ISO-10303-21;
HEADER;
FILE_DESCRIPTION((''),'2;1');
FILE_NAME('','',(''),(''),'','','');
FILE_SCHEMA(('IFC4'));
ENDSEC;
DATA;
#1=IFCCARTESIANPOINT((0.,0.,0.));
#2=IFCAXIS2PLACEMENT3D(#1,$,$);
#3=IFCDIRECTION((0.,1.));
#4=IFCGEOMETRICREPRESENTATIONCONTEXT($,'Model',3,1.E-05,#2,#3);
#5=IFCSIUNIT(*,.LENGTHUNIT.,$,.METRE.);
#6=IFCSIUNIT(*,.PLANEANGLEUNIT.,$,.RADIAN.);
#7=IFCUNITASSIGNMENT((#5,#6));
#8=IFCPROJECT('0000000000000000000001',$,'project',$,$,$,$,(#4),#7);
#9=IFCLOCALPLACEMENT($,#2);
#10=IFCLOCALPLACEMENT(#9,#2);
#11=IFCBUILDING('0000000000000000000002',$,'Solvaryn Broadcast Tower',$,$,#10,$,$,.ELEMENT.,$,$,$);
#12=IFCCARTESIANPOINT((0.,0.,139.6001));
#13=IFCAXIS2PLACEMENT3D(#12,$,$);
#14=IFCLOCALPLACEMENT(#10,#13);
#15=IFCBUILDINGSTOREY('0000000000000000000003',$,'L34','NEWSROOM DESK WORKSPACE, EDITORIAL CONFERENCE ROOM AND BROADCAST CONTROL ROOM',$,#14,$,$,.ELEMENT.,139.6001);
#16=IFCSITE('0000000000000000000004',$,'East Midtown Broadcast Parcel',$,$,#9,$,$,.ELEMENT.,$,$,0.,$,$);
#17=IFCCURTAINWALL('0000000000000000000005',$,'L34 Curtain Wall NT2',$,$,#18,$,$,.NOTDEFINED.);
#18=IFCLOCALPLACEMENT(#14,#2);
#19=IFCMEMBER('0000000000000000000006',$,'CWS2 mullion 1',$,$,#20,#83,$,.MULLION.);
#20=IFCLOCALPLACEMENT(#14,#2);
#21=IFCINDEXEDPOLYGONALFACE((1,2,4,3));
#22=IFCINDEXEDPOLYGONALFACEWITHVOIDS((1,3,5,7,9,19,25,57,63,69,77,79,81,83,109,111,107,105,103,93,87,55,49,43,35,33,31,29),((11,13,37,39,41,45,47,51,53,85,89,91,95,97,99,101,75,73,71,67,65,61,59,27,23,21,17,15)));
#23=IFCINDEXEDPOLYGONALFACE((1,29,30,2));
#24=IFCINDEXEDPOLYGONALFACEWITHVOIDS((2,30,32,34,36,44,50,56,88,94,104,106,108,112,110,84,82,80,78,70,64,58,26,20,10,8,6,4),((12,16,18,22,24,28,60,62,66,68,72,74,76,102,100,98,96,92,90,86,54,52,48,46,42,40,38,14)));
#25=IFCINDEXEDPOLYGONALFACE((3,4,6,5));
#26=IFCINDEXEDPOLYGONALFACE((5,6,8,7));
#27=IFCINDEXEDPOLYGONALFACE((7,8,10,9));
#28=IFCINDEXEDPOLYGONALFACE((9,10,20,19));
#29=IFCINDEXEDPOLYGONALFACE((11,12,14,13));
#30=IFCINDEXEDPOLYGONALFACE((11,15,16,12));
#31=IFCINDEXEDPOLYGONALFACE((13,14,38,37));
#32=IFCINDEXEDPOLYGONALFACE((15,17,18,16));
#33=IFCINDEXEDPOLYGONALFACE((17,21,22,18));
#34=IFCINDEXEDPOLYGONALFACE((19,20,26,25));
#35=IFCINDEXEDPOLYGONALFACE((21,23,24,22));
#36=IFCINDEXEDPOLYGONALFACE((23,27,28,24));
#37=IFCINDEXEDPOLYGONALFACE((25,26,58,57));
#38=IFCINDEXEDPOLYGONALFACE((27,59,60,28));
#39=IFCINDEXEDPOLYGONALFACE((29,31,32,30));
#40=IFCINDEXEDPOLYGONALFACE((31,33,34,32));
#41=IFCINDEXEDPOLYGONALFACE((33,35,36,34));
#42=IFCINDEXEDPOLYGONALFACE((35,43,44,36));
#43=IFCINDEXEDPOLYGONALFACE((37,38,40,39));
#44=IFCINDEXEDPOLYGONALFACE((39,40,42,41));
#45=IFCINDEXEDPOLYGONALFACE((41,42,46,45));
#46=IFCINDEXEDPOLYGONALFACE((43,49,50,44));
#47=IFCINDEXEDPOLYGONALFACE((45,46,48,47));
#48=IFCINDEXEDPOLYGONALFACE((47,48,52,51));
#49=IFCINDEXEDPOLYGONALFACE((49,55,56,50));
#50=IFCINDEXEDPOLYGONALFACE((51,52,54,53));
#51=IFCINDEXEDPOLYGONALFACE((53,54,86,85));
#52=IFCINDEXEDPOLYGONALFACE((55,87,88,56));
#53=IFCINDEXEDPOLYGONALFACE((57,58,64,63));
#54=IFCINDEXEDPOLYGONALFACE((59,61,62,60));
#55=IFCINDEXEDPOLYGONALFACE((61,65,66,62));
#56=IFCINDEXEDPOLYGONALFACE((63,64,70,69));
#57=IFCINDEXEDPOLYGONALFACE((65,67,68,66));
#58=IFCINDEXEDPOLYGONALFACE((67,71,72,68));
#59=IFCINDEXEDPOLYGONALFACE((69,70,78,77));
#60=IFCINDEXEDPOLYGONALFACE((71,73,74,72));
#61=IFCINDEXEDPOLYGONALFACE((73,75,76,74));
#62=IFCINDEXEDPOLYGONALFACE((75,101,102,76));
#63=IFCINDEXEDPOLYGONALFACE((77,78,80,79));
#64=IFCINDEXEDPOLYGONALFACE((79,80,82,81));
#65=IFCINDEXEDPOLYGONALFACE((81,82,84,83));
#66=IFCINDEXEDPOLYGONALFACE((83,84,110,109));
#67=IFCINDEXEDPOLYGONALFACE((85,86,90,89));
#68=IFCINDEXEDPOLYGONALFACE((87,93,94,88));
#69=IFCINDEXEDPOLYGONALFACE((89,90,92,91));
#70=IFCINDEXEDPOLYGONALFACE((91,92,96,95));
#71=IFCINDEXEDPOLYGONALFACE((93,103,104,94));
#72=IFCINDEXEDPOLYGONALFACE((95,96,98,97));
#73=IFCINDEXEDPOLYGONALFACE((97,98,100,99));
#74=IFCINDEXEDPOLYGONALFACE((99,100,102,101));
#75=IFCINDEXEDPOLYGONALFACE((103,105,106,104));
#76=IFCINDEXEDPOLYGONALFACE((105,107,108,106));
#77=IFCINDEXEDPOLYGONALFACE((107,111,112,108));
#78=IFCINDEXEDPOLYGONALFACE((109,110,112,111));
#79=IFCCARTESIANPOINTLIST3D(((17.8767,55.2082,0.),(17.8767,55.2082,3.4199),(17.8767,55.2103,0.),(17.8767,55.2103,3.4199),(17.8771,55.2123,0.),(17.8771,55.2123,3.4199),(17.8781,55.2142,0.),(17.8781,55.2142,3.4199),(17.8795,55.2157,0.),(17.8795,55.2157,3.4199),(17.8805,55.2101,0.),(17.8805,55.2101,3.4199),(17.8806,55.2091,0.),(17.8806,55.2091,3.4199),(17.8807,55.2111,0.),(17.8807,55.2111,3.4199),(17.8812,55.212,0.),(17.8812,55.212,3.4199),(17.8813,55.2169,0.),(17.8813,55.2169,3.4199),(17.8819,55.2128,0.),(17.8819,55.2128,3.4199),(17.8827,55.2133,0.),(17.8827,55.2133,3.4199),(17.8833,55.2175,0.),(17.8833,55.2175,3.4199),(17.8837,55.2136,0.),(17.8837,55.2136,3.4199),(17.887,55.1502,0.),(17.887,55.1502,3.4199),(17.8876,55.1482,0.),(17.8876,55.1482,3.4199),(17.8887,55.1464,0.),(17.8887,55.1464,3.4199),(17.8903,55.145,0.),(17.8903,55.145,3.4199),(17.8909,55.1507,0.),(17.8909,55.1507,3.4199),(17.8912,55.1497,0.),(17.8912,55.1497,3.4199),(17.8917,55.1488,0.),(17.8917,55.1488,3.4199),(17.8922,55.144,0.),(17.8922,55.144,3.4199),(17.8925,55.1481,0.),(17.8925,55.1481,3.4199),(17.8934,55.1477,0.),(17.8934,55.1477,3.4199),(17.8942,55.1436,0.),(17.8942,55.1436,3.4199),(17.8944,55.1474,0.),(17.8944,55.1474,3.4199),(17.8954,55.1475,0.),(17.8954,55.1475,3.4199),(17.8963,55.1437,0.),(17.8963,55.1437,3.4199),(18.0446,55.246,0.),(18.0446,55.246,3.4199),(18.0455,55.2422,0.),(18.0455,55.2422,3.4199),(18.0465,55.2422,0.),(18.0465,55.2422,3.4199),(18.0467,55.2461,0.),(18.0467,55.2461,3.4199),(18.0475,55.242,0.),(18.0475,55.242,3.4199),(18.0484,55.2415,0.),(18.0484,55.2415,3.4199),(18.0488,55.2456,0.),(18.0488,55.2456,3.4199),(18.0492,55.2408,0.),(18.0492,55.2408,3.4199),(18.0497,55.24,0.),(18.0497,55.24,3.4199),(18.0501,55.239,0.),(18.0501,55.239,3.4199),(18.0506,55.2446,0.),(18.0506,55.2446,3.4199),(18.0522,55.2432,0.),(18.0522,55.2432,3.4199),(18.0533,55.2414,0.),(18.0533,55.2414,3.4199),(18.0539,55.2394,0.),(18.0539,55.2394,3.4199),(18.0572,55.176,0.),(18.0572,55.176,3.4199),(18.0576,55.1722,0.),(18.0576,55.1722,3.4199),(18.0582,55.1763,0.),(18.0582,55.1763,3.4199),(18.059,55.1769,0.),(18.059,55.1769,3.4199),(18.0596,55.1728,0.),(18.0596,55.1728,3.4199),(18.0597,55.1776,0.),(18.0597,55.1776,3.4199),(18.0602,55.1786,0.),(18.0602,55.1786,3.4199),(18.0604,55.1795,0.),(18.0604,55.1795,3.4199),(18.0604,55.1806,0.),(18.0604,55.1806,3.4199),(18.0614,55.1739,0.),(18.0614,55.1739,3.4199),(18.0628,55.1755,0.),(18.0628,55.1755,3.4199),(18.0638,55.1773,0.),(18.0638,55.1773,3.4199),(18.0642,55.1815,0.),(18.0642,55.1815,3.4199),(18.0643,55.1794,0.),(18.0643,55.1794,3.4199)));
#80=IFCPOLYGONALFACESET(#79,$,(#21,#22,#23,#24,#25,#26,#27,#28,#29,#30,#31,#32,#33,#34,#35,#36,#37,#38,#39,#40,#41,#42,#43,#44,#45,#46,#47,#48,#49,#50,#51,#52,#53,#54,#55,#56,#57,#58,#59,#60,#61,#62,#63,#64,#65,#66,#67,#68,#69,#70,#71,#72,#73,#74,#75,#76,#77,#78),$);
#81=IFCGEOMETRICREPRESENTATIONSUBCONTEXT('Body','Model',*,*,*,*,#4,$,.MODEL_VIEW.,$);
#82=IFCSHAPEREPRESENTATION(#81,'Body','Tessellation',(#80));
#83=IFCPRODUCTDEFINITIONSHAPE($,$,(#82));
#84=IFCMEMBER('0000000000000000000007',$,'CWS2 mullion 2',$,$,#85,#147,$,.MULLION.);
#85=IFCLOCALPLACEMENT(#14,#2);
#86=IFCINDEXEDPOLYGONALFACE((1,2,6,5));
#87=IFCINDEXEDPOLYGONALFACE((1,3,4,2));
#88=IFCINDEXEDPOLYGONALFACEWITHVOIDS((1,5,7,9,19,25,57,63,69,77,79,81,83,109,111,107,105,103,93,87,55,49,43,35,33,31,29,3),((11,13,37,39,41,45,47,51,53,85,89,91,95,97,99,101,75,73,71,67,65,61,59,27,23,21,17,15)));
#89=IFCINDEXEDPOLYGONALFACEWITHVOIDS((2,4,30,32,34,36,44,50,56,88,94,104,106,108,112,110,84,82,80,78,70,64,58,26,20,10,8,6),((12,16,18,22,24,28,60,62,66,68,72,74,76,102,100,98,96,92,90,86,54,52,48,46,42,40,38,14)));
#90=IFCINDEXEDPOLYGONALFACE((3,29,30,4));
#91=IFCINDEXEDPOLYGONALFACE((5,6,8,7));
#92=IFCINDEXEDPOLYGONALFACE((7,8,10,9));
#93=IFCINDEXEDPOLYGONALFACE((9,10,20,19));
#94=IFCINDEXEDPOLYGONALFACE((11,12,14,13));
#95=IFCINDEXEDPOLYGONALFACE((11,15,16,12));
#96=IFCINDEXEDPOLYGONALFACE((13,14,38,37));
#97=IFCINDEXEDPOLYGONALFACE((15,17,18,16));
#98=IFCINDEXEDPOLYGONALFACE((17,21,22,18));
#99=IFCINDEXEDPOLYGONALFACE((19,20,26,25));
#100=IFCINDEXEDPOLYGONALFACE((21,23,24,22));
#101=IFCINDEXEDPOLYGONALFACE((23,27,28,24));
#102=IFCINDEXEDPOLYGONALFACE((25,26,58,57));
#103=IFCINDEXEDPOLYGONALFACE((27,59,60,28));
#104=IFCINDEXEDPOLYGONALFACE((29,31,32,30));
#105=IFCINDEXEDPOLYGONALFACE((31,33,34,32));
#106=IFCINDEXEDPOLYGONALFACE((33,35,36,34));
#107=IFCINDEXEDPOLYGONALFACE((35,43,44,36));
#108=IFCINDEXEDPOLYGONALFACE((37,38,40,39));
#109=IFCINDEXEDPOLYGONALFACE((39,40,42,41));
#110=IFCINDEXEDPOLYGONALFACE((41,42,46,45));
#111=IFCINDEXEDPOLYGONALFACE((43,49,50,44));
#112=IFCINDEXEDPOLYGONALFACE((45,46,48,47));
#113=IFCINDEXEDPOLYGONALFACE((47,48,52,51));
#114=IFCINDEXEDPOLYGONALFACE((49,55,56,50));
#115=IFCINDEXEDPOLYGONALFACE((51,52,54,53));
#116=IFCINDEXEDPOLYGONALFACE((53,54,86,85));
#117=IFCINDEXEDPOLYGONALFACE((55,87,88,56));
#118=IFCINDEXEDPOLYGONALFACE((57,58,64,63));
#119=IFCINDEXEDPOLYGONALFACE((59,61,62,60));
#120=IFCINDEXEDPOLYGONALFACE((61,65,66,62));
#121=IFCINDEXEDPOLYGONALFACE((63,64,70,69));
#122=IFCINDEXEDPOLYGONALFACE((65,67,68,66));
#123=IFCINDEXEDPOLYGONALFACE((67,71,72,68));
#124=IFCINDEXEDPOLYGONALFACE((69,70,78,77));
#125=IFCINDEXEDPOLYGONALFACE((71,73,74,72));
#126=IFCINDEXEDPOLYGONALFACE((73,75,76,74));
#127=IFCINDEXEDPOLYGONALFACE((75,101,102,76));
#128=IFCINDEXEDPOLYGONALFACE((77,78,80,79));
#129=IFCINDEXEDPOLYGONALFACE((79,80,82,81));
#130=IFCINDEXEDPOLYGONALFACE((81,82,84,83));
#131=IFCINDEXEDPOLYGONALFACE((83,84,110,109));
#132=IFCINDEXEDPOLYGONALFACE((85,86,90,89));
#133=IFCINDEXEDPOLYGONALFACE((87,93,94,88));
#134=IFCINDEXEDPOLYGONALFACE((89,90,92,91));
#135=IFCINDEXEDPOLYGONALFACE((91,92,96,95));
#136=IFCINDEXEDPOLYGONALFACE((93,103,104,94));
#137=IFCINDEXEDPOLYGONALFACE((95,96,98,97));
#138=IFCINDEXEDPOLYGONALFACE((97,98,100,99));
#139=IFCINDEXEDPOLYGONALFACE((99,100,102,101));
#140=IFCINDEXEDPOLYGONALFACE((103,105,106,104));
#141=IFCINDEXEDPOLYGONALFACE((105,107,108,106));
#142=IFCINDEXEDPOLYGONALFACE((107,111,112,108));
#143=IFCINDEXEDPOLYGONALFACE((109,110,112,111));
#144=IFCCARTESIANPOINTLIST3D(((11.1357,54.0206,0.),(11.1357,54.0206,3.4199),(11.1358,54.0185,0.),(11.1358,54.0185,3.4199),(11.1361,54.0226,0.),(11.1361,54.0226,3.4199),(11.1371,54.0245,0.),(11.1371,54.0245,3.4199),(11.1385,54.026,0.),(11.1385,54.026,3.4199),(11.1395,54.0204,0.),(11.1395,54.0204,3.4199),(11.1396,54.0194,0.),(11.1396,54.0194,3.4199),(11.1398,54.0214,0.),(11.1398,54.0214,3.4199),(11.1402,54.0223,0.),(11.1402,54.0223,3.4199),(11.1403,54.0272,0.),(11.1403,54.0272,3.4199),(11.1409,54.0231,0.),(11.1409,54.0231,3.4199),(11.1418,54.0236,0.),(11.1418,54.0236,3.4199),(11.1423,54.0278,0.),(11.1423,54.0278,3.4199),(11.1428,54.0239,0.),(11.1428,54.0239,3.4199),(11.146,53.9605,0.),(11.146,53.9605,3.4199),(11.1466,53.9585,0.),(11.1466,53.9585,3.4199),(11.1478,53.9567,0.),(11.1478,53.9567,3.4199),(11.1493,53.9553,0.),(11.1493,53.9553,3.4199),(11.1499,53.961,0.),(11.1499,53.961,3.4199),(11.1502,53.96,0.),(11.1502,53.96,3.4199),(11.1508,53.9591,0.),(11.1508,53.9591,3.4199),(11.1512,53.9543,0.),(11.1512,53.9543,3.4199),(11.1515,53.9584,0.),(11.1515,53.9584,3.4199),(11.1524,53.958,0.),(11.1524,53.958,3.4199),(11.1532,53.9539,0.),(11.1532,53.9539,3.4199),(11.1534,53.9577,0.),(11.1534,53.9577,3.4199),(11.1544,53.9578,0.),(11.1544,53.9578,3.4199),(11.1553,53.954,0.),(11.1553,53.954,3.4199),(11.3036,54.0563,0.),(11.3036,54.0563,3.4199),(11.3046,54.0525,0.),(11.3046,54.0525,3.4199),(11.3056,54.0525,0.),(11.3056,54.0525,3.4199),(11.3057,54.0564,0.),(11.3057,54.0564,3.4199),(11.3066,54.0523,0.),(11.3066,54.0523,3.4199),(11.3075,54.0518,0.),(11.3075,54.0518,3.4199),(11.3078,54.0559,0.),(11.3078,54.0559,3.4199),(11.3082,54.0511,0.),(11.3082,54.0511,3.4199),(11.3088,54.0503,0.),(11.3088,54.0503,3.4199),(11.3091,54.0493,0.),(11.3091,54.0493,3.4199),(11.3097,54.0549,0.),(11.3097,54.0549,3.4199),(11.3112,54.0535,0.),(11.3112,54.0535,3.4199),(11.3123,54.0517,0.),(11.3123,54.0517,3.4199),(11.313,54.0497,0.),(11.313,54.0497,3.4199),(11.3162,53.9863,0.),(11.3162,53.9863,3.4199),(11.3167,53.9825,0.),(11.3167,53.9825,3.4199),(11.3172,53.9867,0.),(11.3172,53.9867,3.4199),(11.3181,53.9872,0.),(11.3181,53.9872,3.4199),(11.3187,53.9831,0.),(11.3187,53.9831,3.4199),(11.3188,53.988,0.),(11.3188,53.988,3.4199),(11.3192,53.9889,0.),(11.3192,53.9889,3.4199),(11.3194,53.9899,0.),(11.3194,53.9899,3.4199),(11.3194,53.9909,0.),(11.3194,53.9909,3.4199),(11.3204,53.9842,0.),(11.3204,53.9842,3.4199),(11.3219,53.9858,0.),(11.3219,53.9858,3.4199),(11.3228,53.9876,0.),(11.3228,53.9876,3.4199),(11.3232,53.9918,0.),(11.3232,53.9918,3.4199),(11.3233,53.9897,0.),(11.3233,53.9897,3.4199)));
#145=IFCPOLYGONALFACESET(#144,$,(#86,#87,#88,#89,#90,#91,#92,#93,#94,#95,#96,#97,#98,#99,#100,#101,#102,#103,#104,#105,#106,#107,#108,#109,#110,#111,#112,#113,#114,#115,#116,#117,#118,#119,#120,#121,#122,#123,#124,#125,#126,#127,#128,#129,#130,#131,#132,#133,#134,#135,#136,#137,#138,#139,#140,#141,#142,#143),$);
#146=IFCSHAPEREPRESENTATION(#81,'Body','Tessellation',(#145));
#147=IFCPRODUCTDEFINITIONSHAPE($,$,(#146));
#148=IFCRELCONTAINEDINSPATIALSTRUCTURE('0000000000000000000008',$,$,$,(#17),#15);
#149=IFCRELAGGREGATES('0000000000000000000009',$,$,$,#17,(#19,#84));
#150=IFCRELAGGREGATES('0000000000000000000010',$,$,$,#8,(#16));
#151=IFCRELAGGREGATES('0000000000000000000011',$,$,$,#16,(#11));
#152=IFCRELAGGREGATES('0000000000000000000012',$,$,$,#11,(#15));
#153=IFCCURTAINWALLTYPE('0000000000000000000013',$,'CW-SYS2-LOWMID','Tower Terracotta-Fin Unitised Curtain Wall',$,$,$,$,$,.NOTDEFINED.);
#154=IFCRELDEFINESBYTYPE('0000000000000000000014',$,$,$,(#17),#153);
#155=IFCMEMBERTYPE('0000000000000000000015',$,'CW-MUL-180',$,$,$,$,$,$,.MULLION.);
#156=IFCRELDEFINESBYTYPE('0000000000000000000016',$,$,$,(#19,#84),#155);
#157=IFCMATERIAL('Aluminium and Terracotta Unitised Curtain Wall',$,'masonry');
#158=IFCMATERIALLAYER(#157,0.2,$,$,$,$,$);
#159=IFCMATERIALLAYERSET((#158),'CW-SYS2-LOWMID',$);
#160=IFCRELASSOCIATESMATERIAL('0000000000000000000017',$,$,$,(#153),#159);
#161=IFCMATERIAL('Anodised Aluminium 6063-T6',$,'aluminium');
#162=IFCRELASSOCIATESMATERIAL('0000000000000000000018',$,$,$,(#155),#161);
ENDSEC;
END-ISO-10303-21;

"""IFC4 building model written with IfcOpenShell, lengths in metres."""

from ifc_helpers import new_model, si_unit, direction, frame, origin, origin_2d, place, context, subcontext, project, spatial, hollow_rectangle, extrude, material, layer, layer_set, material_profile, profile_set, type_object, element, aggregate, save


model = new_model("IFC4")

# Units and contexts
model_context = context("Model", 3, precision=1e-05, world=origin(), true_north=direction((0.0, 1.0)))
body_context = subcontext(model_context, "Body", "Model", "MODEL_VIEW")
ifc_project = project(units=[si_unit("LENGTHUNIT", "METRE"), si_unit("PLANEANGLEUNIT", "RADIAN")], contexts=[model_context])

# Site, building, storey
site_placement = place(None, origin())
site = spatial("IfcSite", under=ifc_project, at=site_placement, Name="East Midtown Broadcast Parcel", CompositionType="ELEMENT", RefElevation=0.0)
building_placement = place(site_placement, origin())
building = spatial("IfcBuilding", under=site, at=building_placement, Name="Solvaryn Broadcast Tower", CompositionType="ELEMENT")
storey_placement = place(building_placement, frame((0.0, 0.0, 139.6001)))
storey = spatial("IfcBuildingStorey", under=building, at=storey_placement, Name="L34", Description="NEWSROOM DESK WORKSPACE, EDITORIAL CONFERENCE ROOM AND BROADCAST CONTROL ROOM", CompositionType="ELEMENT", Elevation=139.6001)

# Shared definitions
ifc_material_1 = material(Name="Aluminium and Terracotta Unitised Curtain Wall", Category="masonry")
ifc_layer_1 = layer(ifc_material_1, 0.2)
ifc_layer_set_1 = layer_set([ifc_layer_1], Name="CW-SYS2-LOWMID")
curtain_wall_type = type_object("IfcCurtainWallType", Name="CW-SYS2-LOWMID", Description="Tower Terracotta-Fin Unitised Curtain Wall", PredefinedType="NOTDEFINED", material=ifc_layer_set_1)
ifc_material_2 = material(Name="Anodised Aluminium 6063-T6", Category="aluminium")
ifc_material_profile_1 = material_profile(ifc_material_2, hollow_rectangle(XDim=0.075, YDim=0.1799, WallThickness=0.0039, InnerFilletRadius=0.0039, OuterFilletRadius=0.0081, at=origin_2d()))
ifc_profile_set_1 = profile_set([ifc_material_profile_1], Name="Anodised Aluminium 6063-T6")
member_type_1 = type_object("IfcMemberType", Name="CW-MUL-180", PredefinedType="MULLION", material=ifc_profile_set_1)

# Curtain wall, members
curtain_wall_1_placement = place(storey_placement, origin())
curtain_wall_1 = element("IfcCurtainWall", 1, at=curtain_wall_1_placement, inside=storey, type_object=curtain_wall_type, Name="L34 Curtain Wall NT2", PredefinedType="NOTDEFINED")
member_1_placement = place(storey_placement, frame((17.9705, 55.1948, 0.0), z_axis=(0.0, 0.0, 1.0), x_axis=(0.173785, -0.984784, 0.0)))
member_1 = element("IfcMember", 2, at=member_1_placement, type_object=member_type_1, Name="CWS2 mullion 1", PredefinedType="MULLION", context=body_context, shape_type="SweptSolid", body=[
    extrude(hollow_rectangle(XDim=0.075, YDim=0.1799, WallThickness=0.0039, InnerFilletRadius=0.0039, OuterFilletRadius=0.0081, at=origin_2d()), origin(), (0.0, 0.0, 1.0), 3.4199),
])
member_2_placement = place(storey_placement, frame((11.2295, 54.0051, 0.0), z_axis=(0.0, 0.0, 1.0), x_axis=(0.173785, -0.984784, 0.0)))
member_2 = element("IfcMember", 3, at=member_2_placement, type_object=member_type_1, Name="CWS2 mullion 2", PredefinedType="MULLION", context=body_context, shape_type="SweptSolid", body=[
    extrude(hollow_rectangle(XDim=0.075, YDim=0.1799, WallThickness=0.0039, InnerFilletRadius=0.0039, OuterFilletRadius=0.0081, at=origin_2d()), origin(), (0.0, 0.0, 1.0), 3.4199),
])

aggregate(curtain_wall_1, [member_1, member_2])

save(model, "model.ifc")
